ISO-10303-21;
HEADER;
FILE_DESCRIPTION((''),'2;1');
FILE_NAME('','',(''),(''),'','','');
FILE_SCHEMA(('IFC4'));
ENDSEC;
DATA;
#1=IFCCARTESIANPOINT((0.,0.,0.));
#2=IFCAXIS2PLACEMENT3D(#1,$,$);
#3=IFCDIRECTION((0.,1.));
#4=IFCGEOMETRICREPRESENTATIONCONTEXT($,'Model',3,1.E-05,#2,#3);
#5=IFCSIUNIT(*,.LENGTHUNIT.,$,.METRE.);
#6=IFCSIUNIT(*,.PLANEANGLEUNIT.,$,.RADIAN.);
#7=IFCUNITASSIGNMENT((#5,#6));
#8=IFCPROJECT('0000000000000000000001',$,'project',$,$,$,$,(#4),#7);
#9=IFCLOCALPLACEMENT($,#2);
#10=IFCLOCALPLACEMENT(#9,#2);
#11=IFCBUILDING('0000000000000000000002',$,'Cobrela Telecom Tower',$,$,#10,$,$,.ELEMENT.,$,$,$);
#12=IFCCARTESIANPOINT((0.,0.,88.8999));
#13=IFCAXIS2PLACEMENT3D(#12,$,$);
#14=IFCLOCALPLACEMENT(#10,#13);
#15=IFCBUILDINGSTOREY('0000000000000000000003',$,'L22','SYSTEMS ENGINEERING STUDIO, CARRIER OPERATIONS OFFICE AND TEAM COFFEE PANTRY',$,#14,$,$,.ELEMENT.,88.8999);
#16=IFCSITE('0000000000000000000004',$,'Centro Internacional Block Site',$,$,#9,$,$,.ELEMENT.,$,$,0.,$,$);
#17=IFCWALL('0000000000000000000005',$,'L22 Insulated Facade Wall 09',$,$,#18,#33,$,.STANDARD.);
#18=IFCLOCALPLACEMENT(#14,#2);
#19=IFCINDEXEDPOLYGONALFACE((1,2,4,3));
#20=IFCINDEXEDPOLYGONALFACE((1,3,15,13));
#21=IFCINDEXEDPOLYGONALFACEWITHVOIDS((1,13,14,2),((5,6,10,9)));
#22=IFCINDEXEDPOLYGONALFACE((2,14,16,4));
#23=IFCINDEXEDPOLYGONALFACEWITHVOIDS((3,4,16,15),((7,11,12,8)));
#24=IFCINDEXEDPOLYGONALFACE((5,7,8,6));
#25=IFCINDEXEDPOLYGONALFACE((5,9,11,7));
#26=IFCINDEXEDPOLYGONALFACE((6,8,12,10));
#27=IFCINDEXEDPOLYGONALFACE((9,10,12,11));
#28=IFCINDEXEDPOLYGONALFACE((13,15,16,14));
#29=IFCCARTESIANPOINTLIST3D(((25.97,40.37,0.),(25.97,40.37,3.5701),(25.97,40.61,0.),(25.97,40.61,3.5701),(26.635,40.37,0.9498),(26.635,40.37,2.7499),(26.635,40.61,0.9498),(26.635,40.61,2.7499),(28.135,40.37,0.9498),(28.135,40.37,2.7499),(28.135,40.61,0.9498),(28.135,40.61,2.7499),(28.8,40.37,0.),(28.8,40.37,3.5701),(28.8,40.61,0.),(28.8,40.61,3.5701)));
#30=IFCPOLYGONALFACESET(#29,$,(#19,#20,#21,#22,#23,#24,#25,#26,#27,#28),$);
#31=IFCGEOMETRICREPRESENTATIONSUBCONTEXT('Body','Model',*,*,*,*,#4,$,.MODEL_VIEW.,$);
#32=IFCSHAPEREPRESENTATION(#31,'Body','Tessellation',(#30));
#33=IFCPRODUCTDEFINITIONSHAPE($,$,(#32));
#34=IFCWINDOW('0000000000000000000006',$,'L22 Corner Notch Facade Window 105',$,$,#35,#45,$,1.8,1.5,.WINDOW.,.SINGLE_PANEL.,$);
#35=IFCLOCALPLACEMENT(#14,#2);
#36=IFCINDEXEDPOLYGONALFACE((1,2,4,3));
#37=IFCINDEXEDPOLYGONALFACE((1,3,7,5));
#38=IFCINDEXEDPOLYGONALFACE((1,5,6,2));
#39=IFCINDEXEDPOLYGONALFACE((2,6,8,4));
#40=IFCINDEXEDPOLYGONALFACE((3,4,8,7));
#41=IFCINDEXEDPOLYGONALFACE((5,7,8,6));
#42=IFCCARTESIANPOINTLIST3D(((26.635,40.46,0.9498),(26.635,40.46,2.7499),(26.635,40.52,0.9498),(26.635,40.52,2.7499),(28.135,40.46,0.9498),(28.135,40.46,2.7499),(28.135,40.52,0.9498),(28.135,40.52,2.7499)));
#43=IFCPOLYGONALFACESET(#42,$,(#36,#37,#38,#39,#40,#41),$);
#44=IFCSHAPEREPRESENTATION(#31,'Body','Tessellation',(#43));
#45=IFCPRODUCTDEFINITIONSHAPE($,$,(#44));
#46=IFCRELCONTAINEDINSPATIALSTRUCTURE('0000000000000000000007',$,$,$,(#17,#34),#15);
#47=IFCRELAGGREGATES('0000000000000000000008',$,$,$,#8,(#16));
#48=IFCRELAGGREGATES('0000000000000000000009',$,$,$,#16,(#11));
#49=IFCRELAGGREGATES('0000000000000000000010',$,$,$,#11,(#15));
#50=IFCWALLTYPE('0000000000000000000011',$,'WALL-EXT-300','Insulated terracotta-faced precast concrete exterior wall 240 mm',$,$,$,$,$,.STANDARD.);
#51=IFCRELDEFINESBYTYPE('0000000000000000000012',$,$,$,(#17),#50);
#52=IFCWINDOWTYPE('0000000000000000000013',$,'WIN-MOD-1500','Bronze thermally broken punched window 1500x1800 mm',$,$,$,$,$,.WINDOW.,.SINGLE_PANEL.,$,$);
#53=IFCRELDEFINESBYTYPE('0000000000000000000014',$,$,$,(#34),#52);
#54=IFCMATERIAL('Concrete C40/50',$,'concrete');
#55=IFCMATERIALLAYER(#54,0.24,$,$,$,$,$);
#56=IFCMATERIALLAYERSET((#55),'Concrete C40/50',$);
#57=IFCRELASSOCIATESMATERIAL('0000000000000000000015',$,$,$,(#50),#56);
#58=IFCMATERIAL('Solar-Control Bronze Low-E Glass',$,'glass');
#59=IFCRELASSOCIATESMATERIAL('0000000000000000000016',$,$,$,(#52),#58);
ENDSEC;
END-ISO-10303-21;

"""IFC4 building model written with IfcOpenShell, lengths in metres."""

from ifc_helpers import new_model, si_unit, direction, frame, frame_2d, origin, place, context, subcontext, project, spatial, rectangle, extrude, material, layer, layer_set, type_object, element, fill, save


model = new_model("IFC4")

# Units and contexts
model_context = context("Model", 3, precision=1e-05, world=origin(), true_north=direction((0.0, 1.0)))
body_context = subcontext(model_context, "Body", "Model", "MODEL_VIEW")
ifc_project = project(units=[si_unit("LENGTHUNIT", "METRE"), si_unit("PLANEANGLEUNIT", "RADIAN")], contexts=[model_context])

# Site, building, storey
site_placement = place(None, origin())
site = spatial("IfcSite", under=ifc_project, at=site_placement, Name="Centro Internacional Block Site", CompositionType="ELEMENT", RefElevation=0.0)
building_placement = place(site_placement, origin())
building = spatial("IfcBuilding", under=site, at=building_placement, Name="Cobrela Telecom Tower", CompositionType="ELEMENT")
storey_placement = place(building_placement, frame((0.0, 0.0, 88.8999)))
storey = spatial("IfcBuildingStorey", under=building, at=storey_placement, Name="L22", Description="SYSTEMS ENGINEERING STUDIO, CARRIER OPERATIONS OFFICE AND TEAM COFFEE PANTRY", CompositionType="ELEMENT", Elevation=88.8999)

# Shared definitions
ifc_material_1 = material(Name="Solar-Control Bronze Low-E Glass", Category="glass")

# Wall, opening, window
ifc_material_2 = material(Name="Concrete C40/50", Category="concrete")
ifc_layer_1 = layer(ifc_material_2, 0.24)
ifc_layer_set_1 = layer_set([ifc_layer_1], Name="Concrete C40/50")
wall_type = type_object("IfcWallType", Name="WALL-EXT-300", Description="Insulated terracotta-faced precast concrete exterior wall 240 mm", PredefinedType="STANDARD", material=ifc_layer_set_1)
wall_1_placement = place(storey_placement, frame((25.97, 40.49, 0.0), z_axis=(0.0, 0.0, 1.0), x_axis=(1.0, 0.0, 0.0)))
wall_1 = element("IfcWall", 1, at=wall_1_placement, inside=storey, type_object=wall_type, Name="L22 Insulated Facade Wall 09", PredefinedType="STANDARD", context=body_context, shape_type="SweptSolid", body=[
    extrude(rectangle(XDim=2.8301, YDim=0.24, at=frame_2d((1.415, 0.0))), origin(), (0.0, 0.0, 1.0), 3.5701),
])
opening_1_placement = place(wall_1_placement, frame((0.665, 0.0, 0.95)))
opening_1 = element("IfcOpeningElement", 2, at=opening_1_placement, cuts=wall_1, PredefinedType="OPENING", context=body_context, shape_type="SweptSolid", body=[
    extrude(rectangle(XDim=1.5, YDim=1.8, at=frame_2d((0.75, 0.8999))), frame((0.0, 0.1318, 0.0), z_axis=(0.0, -1.0, 0.0), x_axis=(1.0, 0.0, 0.0)), (0.0, 0.0, 1.0), 0.2639),
])
window_type_1 = type_object("IfcWindowType", Name="WIN-MOD-1500", Description="Bronze thermally broken punched window 1500x1800 mm", PartitioningType="SINGLE_PANEL", PredefinedType="WINDOW", material=ifc_material_1)
window_1_placement = place(opening_1_placement, origin())
window_1 = element("IfcWindow", 3, at=window_1_placement, inside=storey, type_object=window_type_1, Name="L22 Corner Notch Facade Window 105", OverallHeight=1.8, OverallWidth=1.5, PartitioningType="SINGLE_PANEL", PredefinedType="WINDOW", context=body_context, shape_type="SweptSolid", body=[
    extrude(rectangle(XDim=1.5, YDim=1.8, at=frame_2d((0.75, 0.8999))), frame((0.0, 0.03, 0.0), z_axis=(0.0, -1.0, 0.0), x_axis=(1.0, 0.0, 0.0)), (0.0, 0.0, 1.0), 0.0601),
])
fill(opening_1, window_1)

save(model, "model.ifc")
